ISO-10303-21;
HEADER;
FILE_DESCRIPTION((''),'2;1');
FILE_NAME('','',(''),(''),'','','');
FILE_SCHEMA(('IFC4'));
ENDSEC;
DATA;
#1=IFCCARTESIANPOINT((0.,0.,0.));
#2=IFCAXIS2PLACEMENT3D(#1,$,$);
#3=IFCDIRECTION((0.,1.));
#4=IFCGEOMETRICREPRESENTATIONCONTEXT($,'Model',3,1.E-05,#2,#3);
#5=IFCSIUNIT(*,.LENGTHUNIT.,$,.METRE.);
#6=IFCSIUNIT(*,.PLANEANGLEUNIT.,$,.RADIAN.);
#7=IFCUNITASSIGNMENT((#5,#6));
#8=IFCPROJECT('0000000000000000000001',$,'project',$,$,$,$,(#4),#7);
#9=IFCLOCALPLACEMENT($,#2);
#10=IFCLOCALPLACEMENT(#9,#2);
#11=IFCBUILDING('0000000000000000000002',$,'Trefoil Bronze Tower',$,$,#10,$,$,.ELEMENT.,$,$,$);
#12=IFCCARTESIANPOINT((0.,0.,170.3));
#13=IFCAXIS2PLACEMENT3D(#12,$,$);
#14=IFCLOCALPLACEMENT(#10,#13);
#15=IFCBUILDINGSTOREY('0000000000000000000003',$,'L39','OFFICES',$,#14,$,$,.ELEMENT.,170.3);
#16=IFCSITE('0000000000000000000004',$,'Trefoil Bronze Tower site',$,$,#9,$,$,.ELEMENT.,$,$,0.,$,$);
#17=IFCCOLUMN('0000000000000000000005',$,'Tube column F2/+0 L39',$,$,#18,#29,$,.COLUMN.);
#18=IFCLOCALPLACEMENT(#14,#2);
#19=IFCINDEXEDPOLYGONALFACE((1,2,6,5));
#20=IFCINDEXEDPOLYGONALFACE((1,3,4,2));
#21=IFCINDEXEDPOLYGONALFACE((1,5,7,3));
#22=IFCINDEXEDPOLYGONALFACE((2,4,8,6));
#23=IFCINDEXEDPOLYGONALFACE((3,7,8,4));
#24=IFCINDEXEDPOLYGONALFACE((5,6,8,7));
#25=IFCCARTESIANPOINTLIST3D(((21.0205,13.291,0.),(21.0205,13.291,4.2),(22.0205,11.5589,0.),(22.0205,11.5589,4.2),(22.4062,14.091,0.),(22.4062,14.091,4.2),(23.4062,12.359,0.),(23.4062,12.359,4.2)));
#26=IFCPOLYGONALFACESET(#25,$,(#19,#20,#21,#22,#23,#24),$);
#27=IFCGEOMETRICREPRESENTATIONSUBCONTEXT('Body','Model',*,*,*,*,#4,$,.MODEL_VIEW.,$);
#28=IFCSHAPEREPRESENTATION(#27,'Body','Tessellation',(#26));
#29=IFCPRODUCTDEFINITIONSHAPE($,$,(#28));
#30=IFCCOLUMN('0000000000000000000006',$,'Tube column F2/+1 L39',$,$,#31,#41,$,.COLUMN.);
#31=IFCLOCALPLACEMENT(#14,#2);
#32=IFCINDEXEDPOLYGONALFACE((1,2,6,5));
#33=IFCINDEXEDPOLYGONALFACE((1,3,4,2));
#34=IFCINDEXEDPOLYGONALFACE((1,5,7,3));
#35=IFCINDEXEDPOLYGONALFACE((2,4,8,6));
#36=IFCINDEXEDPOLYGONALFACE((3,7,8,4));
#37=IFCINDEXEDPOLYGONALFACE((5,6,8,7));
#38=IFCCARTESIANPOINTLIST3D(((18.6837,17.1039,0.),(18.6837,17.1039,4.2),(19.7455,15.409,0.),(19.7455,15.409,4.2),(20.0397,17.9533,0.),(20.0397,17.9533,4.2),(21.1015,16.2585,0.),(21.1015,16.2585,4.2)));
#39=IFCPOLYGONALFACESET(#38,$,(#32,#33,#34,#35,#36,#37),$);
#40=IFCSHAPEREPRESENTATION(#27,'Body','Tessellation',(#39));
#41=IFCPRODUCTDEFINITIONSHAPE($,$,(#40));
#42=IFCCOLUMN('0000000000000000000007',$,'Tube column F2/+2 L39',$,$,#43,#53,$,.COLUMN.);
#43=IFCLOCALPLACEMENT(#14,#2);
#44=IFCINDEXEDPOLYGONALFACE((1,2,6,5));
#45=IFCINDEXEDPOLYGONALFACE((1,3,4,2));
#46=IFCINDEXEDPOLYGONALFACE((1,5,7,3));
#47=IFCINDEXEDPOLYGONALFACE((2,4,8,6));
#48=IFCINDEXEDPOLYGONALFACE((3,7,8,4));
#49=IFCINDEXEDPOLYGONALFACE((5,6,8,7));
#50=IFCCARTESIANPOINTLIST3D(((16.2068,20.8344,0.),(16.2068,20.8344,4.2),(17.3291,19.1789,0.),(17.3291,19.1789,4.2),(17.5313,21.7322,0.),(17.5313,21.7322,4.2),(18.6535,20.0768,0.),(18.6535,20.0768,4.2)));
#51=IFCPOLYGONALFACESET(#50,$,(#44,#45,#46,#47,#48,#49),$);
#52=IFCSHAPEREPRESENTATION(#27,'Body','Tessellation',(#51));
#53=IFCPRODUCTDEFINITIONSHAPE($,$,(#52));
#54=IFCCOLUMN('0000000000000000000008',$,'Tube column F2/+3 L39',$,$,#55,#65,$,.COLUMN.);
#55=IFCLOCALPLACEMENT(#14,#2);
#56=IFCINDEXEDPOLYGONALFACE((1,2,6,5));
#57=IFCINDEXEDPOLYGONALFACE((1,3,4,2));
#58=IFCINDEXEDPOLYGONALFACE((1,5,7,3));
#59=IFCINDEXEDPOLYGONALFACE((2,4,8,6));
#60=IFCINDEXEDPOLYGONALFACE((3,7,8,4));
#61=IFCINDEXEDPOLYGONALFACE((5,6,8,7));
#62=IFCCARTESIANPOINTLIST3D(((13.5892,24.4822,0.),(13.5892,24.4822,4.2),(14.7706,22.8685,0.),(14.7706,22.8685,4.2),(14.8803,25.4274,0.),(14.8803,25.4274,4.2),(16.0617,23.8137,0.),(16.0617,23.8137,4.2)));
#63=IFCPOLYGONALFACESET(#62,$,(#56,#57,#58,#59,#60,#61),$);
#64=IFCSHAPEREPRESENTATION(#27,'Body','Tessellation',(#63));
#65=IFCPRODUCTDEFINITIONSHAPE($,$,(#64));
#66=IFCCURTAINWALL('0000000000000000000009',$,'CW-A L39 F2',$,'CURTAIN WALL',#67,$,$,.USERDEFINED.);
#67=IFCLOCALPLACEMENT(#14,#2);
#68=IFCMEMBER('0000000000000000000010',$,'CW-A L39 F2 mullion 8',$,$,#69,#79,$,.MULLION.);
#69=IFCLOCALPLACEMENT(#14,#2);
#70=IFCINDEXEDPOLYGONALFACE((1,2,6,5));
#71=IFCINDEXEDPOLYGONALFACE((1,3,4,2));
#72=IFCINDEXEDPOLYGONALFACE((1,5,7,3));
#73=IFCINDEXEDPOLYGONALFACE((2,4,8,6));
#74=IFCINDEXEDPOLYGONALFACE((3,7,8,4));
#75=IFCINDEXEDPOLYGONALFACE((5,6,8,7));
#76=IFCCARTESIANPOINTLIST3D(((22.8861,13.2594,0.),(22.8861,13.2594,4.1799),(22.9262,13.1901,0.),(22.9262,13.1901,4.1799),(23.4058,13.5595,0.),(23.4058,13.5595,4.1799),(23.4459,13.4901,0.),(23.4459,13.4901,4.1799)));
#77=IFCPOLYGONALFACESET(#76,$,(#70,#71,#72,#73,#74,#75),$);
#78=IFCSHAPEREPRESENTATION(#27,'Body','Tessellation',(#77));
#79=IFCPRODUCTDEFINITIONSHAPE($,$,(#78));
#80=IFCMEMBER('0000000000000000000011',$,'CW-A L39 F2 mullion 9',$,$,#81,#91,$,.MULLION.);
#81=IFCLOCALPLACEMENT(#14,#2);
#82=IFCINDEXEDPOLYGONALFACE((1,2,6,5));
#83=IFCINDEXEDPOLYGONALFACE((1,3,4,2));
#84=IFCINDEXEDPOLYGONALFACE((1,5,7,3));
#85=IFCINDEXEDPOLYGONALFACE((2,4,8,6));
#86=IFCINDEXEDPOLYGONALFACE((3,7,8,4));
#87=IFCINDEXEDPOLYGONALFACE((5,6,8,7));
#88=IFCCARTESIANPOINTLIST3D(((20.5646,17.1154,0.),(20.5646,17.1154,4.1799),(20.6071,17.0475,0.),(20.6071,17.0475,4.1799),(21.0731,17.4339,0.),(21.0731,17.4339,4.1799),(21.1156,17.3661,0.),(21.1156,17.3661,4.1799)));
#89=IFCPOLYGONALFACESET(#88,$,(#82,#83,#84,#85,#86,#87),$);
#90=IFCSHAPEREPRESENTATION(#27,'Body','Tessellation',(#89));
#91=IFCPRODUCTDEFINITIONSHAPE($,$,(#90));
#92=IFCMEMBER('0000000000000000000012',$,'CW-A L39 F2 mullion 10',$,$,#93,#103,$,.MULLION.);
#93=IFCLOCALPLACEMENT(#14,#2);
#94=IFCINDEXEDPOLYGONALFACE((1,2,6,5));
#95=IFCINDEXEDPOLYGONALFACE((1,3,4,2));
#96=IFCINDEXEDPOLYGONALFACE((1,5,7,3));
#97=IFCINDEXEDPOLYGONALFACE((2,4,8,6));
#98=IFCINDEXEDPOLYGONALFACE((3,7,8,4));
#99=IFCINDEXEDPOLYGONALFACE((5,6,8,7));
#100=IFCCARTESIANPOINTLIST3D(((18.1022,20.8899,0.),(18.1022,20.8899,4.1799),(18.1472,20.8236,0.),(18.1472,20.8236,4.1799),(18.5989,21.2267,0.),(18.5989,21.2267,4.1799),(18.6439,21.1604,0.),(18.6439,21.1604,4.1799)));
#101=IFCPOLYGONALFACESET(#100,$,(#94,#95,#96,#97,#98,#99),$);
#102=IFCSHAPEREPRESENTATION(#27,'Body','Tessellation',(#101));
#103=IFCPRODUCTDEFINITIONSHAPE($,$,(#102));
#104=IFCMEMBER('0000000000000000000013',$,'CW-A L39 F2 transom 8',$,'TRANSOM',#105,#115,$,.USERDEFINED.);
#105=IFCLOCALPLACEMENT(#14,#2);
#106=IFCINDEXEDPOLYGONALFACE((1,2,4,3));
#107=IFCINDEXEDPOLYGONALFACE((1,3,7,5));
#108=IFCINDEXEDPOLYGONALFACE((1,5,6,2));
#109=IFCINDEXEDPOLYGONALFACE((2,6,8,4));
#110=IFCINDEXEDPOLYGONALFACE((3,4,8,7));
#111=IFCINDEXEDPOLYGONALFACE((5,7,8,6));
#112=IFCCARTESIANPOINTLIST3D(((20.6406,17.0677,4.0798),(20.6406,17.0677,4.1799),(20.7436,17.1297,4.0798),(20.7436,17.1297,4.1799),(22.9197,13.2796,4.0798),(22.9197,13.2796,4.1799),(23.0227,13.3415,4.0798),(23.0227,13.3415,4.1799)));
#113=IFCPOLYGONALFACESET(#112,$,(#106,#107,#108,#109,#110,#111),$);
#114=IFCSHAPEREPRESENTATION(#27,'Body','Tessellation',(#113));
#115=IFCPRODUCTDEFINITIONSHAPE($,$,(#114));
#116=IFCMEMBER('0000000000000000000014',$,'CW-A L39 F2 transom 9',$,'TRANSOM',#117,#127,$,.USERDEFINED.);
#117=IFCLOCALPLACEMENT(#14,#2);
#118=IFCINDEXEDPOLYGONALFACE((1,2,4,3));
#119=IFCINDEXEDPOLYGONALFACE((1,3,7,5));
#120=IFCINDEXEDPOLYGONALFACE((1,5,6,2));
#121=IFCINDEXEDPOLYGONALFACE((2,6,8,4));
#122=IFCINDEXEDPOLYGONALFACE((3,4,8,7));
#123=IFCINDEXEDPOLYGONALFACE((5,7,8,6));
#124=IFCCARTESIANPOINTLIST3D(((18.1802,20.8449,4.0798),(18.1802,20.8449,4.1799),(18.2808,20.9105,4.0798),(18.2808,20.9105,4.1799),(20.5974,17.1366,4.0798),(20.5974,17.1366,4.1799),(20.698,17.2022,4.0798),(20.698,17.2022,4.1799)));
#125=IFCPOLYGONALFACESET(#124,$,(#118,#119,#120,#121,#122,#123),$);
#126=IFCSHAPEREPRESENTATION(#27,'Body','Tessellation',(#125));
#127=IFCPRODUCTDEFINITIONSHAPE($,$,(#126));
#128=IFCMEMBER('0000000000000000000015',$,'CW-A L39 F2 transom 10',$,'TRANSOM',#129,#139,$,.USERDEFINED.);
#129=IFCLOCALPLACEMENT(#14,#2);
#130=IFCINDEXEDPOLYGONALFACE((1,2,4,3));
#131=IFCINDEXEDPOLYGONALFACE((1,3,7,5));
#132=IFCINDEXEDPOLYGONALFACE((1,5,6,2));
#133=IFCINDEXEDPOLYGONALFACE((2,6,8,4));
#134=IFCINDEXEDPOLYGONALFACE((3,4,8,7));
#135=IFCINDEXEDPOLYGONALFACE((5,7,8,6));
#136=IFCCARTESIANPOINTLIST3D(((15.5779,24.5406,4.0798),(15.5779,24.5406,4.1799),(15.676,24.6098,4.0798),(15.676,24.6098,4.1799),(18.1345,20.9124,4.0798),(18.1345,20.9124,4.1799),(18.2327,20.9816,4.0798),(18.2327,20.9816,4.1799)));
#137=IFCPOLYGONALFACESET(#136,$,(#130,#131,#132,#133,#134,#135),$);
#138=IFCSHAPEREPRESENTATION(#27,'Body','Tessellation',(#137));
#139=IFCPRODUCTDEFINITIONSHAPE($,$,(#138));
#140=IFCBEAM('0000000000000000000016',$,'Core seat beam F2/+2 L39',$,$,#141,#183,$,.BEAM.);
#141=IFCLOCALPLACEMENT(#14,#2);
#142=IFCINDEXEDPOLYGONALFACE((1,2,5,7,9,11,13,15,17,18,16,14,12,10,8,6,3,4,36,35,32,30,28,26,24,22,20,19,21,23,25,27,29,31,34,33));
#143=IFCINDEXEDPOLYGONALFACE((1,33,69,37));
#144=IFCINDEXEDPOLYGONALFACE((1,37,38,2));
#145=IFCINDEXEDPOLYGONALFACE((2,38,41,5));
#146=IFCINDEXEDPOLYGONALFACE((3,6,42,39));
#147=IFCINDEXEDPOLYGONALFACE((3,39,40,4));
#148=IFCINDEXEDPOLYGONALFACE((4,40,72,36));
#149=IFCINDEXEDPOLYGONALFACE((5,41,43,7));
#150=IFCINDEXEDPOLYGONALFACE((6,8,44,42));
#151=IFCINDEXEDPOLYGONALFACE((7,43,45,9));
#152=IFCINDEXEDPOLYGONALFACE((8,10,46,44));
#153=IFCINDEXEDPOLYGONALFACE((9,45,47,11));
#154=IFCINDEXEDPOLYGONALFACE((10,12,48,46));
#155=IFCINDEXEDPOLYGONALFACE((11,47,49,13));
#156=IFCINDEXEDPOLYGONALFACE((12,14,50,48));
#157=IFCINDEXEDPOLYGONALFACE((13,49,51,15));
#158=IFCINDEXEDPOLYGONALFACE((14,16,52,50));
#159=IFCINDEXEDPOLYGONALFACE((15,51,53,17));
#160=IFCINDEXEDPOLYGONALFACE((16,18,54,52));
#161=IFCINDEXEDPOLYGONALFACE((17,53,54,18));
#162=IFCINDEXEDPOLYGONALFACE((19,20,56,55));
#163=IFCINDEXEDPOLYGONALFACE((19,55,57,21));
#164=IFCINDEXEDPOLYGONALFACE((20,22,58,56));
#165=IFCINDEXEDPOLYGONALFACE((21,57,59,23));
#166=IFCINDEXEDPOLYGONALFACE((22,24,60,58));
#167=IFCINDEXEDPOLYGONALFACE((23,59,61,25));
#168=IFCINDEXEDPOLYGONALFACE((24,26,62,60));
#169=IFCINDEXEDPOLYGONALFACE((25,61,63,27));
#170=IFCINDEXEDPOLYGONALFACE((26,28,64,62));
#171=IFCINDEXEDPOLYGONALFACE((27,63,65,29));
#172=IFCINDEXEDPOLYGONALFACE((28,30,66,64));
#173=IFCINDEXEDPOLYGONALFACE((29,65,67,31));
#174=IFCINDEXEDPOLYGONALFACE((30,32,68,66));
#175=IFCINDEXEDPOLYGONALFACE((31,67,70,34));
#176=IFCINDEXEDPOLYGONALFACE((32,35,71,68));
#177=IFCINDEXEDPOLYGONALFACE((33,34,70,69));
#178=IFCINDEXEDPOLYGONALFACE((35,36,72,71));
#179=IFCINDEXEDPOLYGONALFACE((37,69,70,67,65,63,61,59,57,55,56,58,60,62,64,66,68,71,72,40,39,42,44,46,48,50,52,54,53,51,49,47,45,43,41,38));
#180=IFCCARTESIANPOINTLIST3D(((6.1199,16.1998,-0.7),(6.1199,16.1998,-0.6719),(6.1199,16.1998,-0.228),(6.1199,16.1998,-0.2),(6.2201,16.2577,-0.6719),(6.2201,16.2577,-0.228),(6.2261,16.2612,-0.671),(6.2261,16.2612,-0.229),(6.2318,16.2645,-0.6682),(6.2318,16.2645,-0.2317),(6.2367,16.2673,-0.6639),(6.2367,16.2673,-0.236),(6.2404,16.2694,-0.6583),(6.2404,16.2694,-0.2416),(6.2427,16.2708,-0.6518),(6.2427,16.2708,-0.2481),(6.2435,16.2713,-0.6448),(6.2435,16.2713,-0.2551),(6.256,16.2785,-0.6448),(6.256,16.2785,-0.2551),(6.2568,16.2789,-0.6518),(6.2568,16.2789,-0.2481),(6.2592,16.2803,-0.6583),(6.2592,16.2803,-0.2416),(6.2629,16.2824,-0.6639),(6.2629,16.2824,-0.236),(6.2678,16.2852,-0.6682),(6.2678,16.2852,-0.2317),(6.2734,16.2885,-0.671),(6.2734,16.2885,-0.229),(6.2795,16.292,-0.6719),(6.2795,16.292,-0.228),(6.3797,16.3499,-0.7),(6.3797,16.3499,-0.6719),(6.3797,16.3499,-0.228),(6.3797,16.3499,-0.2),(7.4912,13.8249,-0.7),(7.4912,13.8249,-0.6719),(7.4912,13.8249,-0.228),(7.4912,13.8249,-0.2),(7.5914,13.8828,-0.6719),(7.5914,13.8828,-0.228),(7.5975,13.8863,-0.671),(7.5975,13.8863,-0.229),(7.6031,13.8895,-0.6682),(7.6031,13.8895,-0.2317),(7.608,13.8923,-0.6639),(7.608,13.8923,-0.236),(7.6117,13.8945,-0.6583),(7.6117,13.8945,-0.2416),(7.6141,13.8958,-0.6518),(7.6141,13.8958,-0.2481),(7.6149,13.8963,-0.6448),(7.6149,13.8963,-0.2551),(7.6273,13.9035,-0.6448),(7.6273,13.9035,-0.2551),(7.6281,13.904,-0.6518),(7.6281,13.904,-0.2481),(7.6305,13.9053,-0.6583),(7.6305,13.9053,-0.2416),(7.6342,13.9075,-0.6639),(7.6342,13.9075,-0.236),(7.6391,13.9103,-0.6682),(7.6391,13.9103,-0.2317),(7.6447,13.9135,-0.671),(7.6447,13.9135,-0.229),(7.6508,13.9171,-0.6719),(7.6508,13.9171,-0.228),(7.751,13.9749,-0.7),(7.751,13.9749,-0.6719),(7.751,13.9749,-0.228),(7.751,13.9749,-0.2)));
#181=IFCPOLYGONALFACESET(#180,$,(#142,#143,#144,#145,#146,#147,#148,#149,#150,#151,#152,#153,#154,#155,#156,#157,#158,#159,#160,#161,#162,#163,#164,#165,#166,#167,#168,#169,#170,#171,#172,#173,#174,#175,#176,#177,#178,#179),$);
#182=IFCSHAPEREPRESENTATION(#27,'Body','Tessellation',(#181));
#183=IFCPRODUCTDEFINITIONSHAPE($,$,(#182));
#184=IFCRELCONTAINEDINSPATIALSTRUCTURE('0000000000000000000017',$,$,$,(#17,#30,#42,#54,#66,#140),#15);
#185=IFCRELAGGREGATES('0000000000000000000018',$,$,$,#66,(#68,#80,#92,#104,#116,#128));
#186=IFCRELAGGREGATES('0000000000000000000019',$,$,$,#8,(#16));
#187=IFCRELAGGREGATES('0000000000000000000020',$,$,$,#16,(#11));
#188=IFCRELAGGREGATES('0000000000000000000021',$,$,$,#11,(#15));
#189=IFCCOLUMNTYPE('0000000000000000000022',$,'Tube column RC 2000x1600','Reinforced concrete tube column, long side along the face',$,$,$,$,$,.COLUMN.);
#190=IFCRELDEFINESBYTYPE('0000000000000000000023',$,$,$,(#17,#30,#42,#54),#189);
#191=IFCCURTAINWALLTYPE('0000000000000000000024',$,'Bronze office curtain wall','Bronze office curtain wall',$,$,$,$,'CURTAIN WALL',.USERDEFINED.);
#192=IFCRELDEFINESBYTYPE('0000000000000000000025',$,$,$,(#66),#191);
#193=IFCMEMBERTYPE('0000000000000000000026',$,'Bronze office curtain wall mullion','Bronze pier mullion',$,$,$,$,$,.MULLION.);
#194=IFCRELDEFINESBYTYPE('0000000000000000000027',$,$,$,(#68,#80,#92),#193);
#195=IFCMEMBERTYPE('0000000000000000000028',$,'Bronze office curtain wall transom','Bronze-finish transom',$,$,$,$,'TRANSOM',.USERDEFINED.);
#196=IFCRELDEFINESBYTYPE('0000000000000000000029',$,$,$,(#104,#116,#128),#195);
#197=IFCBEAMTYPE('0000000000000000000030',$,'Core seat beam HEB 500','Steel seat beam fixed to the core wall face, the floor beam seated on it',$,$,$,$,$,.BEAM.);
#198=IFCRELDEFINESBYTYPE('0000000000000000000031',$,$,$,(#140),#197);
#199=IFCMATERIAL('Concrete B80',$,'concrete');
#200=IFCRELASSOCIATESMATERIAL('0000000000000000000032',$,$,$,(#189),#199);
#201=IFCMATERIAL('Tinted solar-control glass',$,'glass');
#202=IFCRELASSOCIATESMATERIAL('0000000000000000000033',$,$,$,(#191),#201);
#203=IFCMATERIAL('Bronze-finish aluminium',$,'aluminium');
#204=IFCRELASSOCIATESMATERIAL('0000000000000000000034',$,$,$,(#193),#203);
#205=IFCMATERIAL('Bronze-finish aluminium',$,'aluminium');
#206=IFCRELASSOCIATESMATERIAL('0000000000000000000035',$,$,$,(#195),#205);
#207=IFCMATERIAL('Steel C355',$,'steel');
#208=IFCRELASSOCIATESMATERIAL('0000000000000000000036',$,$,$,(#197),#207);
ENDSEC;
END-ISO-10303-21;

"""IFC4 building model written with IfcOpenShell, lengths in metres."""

from ifc_helpers import new_model, si_unit, direction, frame, origin, origin_2d, place, context, subcontext, project, spatial, rectangle, i_section, extrude, material, material_profile, profile_set, type_object, element, aggregate, save


model = new_model("IFC4")

# Units and contexts
model_context = context("Model", 3, precision=1e-05, world=origin(), true_north=direction((0.0, 1.0)))
body_context = subcontext(model_context, "Body", "Model", "MODEL_VIEW")
ifc_project = project(units=[si_unit("LENGTHUNIT", "METRE"), si_unit("PLANEANGLEUNIT", "RADIAN")], contexts=[model_context])

# Site, building, storey
site_placement = place(None, origin())
site = spatial("IfcSite", under=ifc_project, at=site_placement, Name="Trefoil Bronze Tower site", CompositionType="ELEMENT", RefElevation=0.0)
building_placement = place(site_placement, origin())
building = spatial("IfcBuilding", under=site, at=building_placement, Name="Trefoil Bronze Tower", CompositionType="ELEMENT")
storey_placement = place(building_placement, frame((0.0, 0.0, 170.3)))
storey = spatial("IfcBuildingStorey", under=building, at=storey_placement, Name="L39", Description="OFFICES", CompositionType="ELEMENT", Elevation=170.3)

# Columns
ifc_material_1 = material(Name="Concrete B80", Category="concrete")
ifc_material_profile_1 = material_profile(ifc_material_1, rectangle(XDim=2.0, YDim=1.6001, at=origin_2d()), Name="RC 2000x1600")
ifc_profile_set_1 = profile_set([ifc_material_profile_1], Name="Concrete B80")
column_type = type_object("IfcColumnType", Name="Tube column RC 2000x1600", Description="Reinforced concrete tube column, long side along the face", PredefinedType="COLUMN", material=ifc_profile_set_1)
for number, where, z_axis, x_axis, name in (
    (1, (22.2134, 12.825, 0.0), (0.0, 0.0, 1.0), (-0.5, 0.866025, 0.0), "Tube column F2/+0 L39"),
    (2, (19.8926, 16.6812, 0.0), (0.0, 0.0, 1.0), (-0.530893, 0.847439, 0.0), "Tube column F2/+1 L39"),
    (3, (17.4302, 20.4556, 0.0), (0.0, 0.0, 1.0), (-0.561136, 0.827724, 0.0), "Tube column F2/+2 L39"),
    (4, (14.8254, 24.1479, 0.0), (0.0, 0.0, 1.0), (-0.590723, 0.806875, 0.0), "Tube column F2/+3 L39"),
):
    element("IfcColumn", number, at=place(storey_placement, frame(where, z_axis=z_axis, x_axis=x_axis)), inside=storey, type_object=column_type, Name=name, PredefinedType="COLUMN", context=body_context, shape_type="SweptSolid", body=[
        extrude(rectangle(XDim=2.0, YDim=1.6001, at=origin_2d()), origin(), (0.0, 0.0, 1.0), 4.2),
    ])

# Curtain wall, members
ifc_material_2 = material(Name="Tinted solar-control glass", Category="glass")
curtain_wall_type = type_object("IfcCurtainWallType", Name="Bronze office curtain wall", Description="Bronze office curtain wall", ElementType="CURTAIN WALL", PredefinedType="USERDEFINED", material=ifc_material_2)
curtain_wall_placement = place(storey_placement, origin())
curtain_wall = element("IfcCurtainWall", 5, at=curtain_wall_placement, inside=storey, type_object=curtain_wall_type, Name="CW-A L39 F2", ObjectType="CURTAIN WALL", PredefinedType="USERDEFINED")
ifc_material_3 = material(Name="Bronze-finish aluminium", Category="aluminium")
ifc_material_profile_2 = material_profile(ifc_material_3, rectangle(XDim=0.6001, YDim=0.0801, at=origin_2d()), Name="CW-A mullion")
ifc_profile_set_2 = profile_set([ifc_material_profile_2], Name="Bronze-finish aluminium")
member_type_1 = type_object("IfcMemberType", Name="Bronze office curtain wall mullion", Description="Bronze pier mullion", PredefinedType="MULLION", material=ifc_profile_set_2)
member_1_placement = place(storey_placement, frame((23.166, 13.3748, 0.0), z_axis=(0.0, 0.0, 1.0), x_axis=(-0.866025, -0.5, 0.0)))
member_1 = element("IfcMember", 6, at=member_1_placement, type_object=member_type_1, Name="CW-A L39 F2 mullion 8", PredefinedType="MULLION", context=body_context, shape_type="SweptSolid", body=[
    extrude(rectangle(XDim=0.6001, YDim=0.0801, at=origin_2d()), origin(), (0.0, 0.0, 1.0), 4.1799),
])
member_2_placement = place(storey_placement, frame((20.8401, 17.2407, 0.0), z_axis=(0.0, 0.0, 1.0), x_axis=(-0.847439, -0.530893, 0.0)))
member_2 = element("IfcMember", 7, at=member_2_placement, type_object=member_type_1, Name="CW-A L39 F2 mullion 9", PredefinedType="MULLION", context=body_context, shape_type="SweptSolid", body=[
    extrude(rectangle(XDim=0.6001, YDim=0.0801, at=origin_2d()), origin(), (0.0, 0.0, 1.0), 4.1799),
])
member_3_placement = place(storey_placement, frame((18.373, 21.0251, 0.0), z_axis=(0.0, 0.0, 1.0), x_axis=(-0.827724, -0.561136, 0.0)))
member_3 = element("IfcMember", 8, at=member_3_placement, type_object=member_type_1, Name="CW-A L39 F2 mullion 10", PredefinedType="MULLION", context=body_context, shape_type="SweptSolid", body=[
    extrude(rectangle(XDim=0.6001, YDim=0.0801, at=origin_2d()), origin(), (0.0, 0.0, 1.0), 4.1799),
])
ifc_material_4 = material(Name="Bronze-finish aluminium", Category="aluminium")
ifc_material_profile_3 = material_profile(ifc_material_4, rectangle(XDim=0.1201, YDim=0.1001, at=origin_2d()), Name="CW-A transom")
ifc_profile_set_3 = profile_set([ifc_material_profile_3], Name="Bronze-finish aluminium")
member_type_2 = type_object("IfcMemberType", Name="Bronze office curtain wall transom", Description="Bronze-finish transom", ElementType="TRANSOM", PredefinedType="USERDEFINED", material=ifc_profile_set_3)
member_4_placement = place(storey_placement, frame((22.9712, 13.3105, 4.1299), z_axis=(-0.515527, 0.856873, 0.0), x_axis=(-0.856873, -0.515527, 0.0)))
member_4 = element("IfcMember", 9, at=member_4_placement, type_object=member_type_2, Name="CW-A L39 F2 transom 8", ObjectType="TRANSOM", PredefinedType="USERDEFINED", context=body_context, shape_type="SweptSolid", body=[
    extrude(rectangle(XDim=0.1201, YDim=0.1001, at=origin_2d()), origin(), (0.0, 0.0, 1.0), 4.4209),
])
member_5_placement = place(storey_placement, frame((20.6477, 17.1694, 4.1299), z_axis=(-0.546079, 0.837733, 0.0), x_axis=(-0.837733, -0.546079, 0.0)))
member_5 = element("IfcMember", 10, at=member_5_placement, type_object=member_type_2, Name="CW-A L39 F2 transom 9", ObjectType="TRANSOM", PredefinedType="USERDEFINED", context=body_context, shape_type="SweptSolid", body=[
    extrude(rectangle(XDim=0.1201, YDim=0.1001, at=origin_2d()), origin(), (0.0, 0.0, 1.0), 4.4265),
])
member_6_placement = place(storey_placement, frame((18.1836, 20.947, 4.1299), z_axis=(-0.576018, 0.817437, 0.0), x_axis=(-0.817437, -0.576018, 0.0)))
member_6 = element("IfcMember", 11, at=member_6_placement, type_object=member_type_2, Name="CW-A L39 F2 transom 10", ObjectType="TRANSOM", PredefinedType="USERDEFINED", context=body_context, shape_type="SweptSolid", body=[
    extrude(rectangle(XDim=0.1201, YDim=0.1001, at=origin_2d()), origin(), (0.0, 0.0, 1.0), 4.4385),
])

# Beam
ifc_material_5 = material(Name="Steel C355", Category="steel")
ifc_material_profile_4 = material_profile(ifc_material_5, i_section(OverallWidth=0.3, OverallDepth=0.5, WebThickness=0.0144, FlangeThickness=0.0281, FilletRadius=0.0271, at=origin_2d()), Name="HEB 500")
ifc_profile_set_4 = profile_set([ifc_material_profile_4], Name="Steel C355")
beam_type_1 = type_object("IfcBeamType", Name="Core seat beam HEB 500", Description="Steel seat beam fixed to the core wall face, the floor beam seated on it", PredefinedType="BEAM", material=ifc_profile_set_4)
beam_1_placement = place(storey_placement, frame((7.6211, 13.8999, -0.45), z_axis=(-0.500036, 0.866005, 0.0), x_axis=(-0.866005, -0.500036, 0.0)))
element("IfcBeam", 12, at=beam_1_placement, inside=storey, type_object=beam_type_1, Name="Core seat beam F2/+2 L39", PredefinedType="BEAM", context=body_context, shape_type="SweptSolid", body=[
    extrude(i_section(OverallWidth=0.3, OverallDepth=0.5, WebThickness=0.0144, FlangeThickness=0.0281, FilletRadius=0.0271, at=origin_2d()), origin(), (0.0, 0.0, 1.0), 2.7424),
])

aggregate(curtain_wall, [member_1, member_2, member_3, member_4, member_5, member_6])

save(model, "model.ifc")
